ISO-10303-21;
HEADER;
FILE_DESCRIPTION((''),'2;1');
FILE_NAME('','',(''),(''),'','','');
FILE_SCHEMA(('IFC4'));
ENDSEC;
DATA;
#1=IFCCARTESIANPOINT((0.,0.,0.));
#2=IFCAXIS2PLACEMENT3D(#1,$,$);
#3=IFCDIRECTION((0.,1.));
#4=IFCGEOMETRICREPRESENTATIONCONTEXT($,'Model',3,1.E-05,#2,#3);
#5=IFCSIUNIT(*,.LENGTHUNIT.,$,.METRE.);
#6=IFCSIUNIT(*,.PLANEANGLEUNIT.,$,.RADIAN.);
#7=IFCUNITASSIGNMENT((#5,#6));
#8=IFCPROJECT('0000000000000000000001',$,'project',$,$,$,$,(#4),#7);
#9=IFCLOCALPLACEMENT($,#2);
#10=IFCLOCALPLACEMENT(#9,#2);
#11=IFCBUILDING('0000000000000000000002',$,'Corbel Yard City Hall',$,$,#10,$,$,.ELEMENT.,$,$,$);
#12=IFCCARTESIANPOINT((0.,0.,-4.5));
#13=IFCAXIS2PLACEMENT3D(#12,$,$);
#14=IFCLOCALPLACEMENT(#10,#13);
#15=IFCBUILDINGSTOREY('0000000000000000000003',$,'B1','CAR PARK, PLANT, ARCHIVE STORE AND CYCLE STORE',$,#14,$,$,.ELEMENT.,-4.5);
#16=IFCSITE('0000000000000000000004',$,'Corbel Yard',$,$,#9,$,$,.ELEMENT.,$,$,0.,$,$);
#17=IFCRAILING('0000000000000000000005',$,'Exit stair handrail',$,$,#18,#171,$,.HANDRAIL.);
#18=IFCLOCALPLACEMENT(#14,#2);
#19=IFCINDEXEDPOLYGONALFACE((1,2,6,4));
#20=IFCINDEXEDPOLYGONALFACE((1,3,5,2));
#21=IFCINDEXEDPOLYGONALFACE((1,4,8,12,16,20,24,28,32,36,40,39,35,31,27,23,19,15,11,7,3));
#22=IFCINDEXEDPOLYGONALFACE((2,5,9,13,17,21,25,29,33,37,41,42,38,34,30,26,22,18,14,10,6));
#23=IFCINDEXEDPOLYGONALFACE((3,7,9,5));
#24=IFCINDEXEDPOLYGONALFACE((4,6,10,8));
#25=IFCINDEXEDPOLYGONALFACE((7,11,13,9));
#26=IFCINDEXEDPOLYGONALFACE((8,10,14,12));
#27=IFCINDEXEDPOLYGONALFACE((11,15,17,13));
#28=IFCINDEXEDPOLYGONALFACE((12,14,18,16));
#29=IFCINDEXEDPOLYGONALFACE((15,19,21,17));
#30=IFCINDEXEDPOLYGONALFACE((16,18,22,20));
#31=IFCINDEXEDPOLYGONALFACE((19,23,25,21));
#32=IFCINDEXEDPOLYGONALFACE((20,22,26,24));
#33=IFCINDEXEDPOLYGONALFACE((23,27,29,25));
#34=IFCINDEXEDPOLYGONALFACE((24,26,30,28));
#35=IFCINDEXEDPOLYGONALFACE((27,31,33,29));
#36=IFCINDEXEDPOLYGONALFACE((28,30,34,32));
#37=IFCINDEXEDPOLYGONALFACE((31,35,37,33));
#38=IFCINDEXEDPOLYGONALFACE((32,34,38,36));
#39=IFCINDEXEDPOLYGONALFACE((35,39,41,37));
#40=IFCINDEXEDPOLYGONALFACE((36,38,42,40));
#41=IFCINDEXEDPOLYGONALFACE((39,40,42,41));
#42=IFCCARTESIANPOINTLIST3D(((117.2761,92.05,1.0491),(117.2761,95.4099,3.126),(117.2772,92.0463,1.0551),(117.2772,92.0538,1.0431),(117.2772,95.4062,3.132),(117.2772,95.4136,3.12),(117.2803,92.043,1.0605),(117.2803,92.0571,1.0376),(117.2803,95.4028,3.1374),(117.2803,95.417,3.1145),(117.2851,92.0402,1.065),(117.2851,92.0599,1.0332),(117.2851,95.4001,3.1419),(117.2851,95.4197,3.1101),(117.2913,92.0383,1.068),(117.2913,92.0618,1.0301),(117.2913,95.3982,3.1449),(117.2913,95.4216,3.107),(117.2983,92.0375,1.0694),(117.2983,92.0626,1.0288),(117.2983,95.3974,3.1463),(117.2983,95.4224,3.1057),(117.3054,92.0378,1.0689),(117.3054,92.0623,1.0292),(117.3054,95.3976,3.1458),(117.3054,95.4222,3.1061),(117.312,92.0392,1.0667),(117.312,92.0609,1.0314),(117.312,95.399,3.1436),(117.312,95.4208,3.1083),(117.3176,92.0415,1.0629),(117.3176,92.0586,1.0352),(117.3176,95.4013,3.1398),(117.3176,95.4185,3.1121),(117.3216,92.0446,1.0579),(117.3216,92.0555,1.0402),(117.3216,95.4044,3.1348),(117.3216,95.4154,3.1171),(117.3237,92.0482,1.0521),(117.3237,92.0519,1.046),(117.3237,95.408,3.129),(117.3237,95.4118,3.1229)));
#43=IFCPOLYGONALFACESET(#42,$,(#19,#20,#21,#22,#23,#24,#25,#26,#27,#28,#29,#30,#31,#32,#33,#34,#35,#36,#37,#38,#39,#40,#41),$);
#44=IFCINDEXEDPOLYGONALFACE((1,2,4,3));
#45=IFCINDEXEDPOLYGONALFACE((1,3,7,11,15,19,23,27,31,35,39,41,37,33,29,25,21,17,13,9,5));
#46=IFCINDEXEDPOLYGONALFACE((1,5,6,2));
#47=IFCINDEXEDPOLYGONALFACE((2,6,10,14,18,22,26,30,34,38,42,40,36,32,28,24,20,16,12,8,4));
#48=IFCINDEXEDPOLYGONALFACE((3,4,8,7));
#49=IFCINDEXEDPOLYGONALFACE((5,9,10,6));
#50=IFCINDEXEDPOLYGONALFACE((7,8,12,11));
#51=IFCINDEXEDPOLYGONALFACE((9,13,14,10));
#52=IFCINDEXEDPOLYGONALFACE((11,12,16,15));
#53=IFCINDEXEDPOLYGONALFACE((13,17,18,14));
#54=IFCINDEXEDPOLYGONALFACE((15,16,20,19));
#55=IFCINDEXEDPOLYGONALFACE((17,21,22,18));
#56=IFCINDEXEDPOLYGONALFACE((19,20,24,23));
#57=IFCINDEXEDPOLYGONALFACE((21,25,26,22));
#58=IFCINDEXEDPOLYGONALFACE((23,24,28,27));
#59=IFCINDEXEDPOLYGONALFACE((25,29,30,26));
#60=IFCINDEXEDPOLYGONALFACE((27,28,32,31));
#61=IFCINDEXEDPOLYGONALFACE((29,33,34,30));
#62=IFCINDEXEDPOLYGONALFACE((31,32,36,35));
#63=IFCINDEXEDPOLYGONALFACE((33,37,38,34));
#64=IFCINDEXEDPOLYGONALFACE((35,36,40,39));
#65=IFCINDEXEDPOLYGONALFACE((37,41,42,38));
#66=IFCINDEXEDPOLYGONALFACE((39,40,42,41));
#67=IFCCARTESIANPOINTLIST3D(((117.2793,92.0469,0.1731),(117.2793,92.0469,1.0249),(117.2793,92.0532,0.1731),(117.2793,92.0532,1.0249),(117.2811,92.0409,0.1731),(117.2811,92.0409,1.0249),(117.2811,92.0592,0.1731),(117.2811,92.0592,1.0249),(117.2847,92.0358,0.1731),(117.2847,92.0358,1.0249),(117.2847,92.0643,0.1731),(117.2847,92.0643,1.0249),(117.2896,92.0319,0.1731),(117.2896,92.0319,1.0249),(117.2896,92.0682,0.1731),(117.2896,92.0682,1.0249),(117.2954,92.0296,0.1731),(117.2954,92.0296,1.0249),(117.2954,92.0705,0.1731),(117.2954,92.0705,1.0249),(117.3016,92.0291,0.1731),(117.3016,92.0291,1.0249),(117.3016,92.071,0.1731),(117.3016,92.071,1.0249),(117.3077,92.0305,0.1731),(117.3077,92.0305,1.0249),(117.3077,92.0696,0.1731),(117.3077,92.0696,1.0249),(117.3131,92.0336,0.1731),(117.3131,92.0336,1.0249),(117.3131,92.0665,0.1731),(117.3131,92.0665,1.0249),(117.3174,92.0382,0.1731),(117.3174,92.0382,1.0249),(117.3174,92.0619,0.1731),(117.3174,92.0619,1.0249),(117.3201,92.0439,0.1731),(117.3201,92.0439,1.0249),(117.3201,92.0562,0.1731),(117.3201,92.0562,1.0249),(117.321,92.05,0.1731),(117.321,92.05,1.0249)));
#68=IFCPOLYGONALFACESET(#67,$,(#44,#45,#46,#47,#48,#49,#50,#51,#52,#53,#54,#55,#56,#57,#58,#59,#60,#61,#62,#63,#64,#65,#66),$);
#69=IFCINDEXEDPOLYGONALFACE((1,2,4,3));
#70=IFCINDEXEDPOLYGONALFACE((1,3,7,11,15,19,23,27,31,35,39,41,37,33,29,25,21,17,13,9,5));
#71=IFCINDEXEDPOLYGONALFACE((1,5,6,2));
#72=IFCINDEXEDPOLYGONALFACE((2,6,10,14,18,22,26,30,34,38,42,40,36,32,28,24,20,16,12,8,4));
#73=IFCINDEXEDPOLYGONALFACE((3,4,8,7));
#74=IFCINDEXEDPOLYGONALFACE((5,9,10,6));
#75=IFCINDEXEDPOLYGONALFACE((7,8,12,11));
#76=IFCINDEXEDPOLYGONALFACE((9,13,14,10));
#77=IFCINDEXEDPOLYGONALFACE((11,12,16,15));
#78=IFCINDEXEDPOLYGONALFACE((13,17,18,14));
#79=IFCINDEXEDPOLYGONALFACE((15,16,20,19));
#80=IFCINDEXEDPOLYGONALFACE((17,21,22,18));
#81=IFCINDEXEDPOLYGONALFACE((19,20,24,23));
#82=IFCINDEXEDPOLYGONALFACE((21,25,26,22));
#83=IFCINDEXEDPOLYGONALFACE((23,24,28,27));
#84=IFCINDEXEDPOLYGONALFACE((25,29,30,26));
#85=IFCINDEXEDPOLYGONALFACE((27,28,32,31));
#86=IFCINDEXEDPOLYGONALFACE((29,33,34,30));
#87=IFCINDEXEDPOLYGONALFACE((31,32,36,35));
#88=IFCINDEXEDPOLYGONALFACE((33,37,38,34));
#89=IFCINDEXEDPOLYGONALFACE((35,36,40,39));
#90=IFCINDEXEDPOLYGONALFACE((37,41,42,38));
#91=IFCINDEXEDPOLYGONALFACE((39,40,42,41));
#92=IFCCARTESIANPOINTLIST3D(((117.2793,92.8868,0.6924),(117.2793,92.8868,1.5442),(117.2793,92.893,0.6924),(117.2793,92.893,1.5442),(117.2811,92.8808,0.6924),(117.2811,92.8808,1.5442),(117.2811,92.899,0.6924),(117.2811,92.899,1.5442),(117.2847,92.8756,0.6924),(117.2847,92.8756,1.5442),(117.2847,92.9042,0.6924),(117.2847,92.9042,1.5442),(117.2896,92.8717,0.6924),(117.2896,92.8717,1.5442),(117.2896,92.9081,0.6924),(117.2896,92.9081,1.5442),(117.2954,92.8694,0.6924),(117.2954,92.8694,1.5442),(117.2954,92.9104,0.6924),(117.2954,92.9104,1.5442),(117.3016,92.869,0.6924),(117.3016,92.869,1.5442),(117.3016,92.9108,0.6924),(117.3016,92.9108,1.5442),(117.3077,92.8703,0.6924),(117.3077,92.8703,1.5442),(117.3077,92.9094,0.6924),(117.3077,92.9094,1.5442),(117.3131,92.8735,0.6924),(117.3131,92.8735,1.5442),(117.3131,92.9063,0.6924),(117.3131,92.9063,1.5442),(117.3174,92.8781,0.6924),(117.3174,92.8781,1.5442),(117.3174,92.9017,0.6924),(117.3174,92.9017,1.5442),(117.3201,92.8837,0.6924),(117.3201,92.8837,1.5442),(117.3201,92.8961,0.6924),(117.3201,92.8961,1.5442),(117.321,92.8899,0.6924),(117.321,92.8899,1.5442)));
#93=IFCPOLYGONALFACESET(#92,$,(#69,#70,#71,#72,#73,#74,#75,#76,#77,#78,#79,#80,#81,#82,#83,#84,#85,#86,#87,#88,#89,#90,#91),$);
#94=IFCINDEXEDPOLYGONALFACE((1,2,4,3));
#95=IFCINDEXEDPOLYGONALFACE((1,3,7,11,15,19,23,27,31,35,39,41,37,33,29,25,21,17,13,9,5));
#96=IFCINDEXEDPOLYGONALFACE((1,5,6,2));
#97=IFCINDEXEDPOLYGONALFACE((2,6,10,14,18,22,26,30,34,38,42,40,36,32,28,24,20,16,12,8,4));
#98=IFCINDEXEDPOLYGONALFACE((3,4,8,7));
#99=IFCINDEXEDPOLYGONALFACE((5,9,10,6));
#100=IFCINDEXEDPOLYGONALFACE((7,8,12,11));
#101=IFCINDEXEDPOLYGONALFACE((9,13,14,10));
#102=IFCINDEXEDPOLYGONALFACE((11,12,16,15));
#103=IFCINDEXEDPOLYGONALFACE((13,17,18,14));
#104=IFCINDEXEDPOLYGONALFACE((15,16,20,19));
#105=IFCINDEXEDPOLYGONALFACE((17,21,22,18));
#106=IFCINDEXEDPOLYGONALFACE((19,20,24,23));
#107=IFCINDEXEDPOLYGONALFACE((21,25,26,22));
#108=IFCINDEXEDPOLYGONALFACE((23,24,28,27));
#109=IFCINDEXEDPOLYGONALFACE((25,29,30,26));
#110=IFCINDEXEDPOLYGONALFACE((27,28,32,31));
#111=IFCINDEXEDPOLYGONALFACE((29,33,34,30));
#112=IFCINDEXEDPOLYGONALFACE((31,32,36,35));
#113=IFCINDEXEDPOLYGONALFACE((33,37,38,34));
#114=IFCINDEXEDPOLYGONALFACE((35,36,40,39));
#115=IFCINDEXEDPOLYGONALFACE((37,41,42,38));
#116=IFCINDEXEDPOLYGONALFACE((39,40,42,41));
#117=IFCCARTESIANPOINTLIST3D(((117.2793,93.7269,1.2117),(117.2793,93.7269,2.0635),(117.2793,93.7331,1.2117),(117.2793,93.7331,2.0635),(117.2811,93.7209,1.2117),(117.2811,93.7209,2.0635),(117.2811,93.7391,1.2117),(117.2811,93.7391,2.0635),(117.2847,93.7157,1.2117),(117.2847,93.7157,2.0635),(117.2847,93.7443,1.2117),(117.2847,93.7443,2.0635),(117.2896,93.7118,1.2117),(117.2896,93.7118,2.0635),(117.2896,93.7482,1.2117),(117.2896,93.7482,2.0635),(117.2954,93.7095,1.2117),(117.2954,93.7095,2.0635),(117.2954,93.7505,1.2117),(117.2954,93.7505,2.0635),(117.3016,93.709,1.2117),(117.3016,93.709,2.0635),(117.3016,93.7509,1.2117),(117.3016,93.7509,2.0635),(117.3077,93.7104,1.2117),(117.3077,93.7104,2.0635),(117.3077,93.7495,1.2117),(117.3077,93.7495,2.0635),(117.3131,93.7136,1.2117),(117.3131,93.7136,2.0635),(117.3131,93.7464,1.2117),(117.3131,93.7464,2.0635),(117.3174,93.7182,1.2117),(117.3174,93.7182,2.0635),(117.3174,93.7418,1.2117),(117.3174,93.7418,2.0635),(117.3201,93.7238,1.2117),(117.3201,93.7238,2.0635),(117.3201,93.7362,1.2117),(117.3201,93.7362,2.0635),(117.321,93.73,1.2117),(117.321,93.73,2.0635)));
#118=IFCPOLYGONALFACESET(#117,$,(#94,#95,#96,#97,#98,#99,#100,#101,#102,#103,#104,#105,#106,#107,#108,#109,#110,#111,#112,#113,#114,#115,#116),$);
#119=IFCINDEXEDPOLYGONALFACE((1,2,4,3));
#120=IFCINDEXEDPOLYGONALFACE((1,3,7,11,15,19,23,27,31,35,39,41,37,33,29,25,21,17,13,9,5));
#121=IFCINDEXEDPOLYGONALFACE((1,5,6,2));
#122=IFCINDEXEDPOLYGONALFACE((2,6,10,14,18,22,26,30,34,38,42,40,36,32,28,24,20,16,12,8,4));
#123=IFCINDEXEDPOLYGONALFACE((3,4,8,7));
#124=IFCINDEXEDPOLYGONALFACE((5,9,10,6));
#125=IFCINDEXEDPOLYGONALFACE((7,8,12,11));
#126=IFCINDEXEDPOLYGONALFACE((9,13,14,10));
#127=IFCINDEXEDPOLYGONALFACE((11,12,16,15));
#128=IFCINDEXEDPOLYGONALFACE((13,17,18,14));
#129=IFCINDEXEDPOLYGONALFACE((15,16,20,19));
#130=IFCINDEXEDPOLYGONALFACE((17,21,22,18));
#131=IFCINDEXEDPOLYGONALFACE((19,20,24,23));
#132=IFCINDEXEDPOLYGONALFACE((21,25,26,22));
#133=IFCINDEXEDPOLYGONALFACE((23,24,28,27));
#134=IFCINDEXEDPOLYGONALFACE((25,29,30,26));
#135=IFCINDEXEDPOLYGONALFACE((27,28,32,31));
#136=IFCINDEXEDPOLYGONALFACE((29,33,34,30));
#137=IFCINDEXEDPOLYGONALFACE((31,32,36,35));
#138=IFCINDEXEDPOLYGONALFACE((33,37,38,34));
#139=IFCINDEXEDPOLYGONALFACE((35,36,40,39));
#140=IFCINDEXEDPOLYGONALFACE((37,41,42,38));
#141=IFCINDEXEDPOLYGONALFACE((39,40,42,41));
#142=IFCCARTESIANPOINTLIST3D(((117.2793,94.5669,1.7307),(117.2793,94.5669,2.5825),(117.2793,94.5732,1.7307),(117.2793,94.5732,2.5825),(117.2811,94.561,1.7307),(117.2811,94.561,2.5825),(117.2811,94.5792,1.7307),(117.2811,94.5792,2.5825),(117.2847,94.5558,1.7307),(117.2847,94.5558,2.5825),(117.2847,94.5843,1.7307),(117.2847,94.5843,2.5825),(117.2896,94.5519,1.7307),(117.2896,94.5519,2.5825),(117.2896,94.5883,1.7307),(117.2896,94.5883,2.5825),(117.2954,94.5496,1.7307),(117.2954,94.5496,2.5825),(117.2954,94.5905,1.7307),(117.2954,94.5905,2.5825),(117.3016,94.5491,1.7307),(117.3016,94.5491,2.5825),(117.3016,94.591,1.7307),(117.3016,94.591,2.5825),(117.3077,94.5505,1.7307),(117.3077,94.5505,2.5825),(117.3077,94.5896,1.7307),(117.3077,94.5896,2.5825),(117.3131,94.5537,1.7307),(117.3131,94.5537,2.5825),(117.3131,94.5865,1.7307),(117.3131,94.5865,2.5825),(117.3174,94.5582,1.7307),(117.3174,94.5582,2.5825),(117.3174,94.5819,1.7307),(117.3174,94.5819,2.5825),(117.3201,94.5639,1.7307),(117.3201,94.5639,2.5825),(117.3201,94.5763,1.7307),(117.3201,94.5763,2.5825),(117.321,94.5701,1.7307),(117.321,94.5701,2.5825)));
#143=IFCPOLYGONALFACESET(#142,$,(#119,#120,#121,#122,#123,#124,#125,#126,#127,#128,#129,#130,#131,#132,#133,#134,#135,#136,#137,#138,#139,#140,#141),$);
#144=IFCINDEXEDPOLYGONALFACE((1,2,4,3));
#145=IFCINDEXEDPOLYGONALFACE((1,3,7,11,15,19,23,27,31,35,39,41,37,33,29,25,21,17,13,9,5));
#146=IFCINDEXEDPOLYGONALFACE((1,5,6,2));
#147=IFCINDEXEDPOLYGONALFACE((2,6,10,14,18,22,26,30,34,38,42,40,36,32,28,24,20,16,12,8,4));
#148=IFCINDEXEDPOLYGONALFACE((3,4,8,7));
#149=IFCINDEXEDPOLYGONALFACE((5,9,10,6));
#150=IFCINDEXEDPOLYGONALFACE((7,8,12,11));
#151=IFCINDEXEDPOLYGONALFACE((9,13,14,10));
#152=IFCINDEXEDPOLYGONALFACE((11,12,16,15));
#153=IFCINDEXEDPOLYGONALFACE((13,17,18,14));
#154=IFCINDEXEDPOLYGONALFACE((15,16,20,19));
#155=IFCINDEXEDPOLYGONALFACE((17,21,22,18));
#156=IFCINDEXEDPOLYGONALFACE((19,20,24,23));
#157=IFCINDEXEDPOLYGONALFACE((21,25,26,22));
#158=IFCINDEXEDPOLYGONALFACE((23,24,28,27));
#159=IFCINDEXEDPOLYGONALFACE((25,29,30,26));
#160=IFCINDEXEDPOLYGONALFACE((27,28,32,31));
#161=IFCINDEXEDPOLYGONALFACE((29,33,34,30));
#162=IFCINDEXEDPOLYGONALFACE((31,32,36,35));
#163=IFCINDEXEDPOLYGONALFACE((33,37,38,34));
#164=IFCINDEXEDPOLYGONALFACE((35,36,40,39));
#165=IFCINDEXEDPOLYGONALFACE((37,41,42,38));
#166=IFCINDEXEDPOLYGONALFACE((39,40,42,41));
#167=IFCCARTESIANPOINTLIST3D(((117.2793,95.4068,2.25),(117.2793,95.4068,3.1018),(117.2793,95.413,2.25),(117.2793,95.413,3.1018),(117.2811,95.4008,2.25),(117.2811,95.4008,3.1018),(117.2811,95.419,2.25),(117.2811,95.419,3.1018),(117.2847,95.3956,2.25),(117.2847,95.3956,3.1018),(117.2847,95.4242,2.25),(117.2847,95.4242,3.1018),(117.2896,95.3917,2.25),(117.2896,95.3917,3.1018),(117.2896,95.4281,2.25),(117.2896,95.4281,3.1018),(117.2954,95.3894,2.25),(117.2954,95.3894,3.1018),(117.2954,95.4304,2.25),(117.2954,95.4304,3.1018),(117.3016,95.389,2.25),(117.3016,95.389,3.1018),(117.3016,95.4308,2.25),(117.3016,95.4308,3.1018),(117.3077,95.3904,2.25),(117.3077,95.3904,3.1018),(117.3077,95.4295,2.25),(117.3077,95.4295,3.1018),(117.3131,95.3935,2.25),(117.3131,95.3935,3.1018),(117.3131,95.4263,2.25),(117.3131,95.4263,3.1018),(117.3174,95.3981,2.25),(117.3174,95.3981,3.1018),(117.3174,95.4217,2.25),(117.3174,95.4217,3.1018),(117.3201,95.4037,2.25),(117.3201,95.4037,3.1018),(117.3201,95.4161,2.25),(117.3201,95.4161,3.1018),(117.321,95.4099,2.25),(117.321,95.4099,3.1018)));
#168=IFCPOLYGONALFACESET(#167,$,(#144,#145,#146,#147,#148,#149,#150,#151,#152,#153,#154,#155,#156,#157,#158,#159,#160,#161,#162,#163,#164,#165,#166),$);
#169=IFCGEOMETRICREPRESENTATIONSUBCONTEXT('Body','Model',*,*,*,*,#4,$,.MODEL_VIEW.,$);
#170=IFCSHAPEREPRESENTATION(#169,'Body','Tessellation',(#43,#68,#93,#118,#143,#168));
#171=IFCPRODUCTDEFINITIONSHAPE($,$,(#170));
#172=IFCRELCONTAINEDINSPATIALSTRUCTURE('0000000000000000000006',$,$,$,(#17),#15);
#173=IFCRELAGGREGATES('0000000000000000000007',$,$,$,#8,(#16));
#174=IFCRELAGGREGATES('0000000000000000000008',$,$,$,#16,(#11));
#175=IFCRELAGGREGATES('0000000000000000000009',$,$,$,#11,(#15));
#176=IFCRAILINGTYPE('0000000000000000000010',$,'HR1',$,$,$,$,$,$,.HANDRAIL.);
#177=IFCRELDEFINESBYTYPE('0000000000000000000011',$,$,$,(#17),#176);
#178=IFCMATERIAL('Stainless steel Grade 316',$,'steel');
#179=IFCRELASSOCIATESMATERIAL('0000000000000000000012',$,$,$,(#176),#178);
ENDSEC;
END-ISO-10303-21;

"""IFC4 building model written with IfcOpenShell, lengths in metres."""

from ifc_helpers import new_model, si_unit, direction, frame, origin, origin_2d, place, context, subcontext, project, spatial, circle, extrude, material, type_object, element, save


model = new_model("IFC4")

# Units and contexts
model_context = context("Model", 3, precision=1e-05, world=origin(), true_north=direction((0.0, 1.0)))
body_context = subcontext(model_context, "Body", "Model", "MODEL_VIEW")
ifc_project = project(units=[si_unit("LENGTHUNIT", "METRE"), si_unit("PLANEANGLEUNIT", "RADIAN")], contexts=[model_context])

# Site, building, storey
site_placement = place(None, origin())
site = spatial("IfcSite", under=ifc_project, at=site_placement, Name="Corbel Yard", CompositionType="ELEMENT", RefElevation=0.0)
building_placement = place(site_placement, origin())
building = spatial("IfcBuilding", under=site, at=building_placement, Name="Corbel Yard City Hall", CompositionType="ELEMENT")
storey_placement = place(building_placement, frame((0.0, 0.0, -4.5)))
storey = spatial("IfcBuildingStorey", under=building, at=storey_placement, Name="B1", Description="CAR PARK, PLANT, ARCHIVE STORE AND CYCLE STORE", CompositionType="ELEMENT", Elevation=-4.5)

# Shared definitions
ifc_material_1 = material(Name="Stainless steel Grade 316", Category="steel")

# Railing
railing_type = type_object("IfcRailingType", Name="HR1", PredefinedType="HANDRAIL", material=ifc_material_1)
for number, where, name in (
    (1, (117.3, 92.05, 0.1731), "Exit stair handrail"),
):
    element("IfcRailing", number, at=place(storey_placement, frame(where)), inside=storey, type_object=railing_type, Name=name, PredefinedType="HANDRAIL", context=body_context, shape_type="SweptSolid", body=[
        extrude(circle(Radius=0.0239, at=origin_2d()), frame((0.0, 0.0, 0.876), z_axis=(0.0, 0.850606, 0.525803), x_axis=(-1.0, 0.0, 0.0)), (0.0, 0.0, 1.0), 3.95),
        extrude(circle(Radius=0.021, at=origin_2d()), origin(), (0.0, 0.0, 1.0), 0.8518),
        extrude(circle(Radius=0.021, at=origin_2d()), frame((0.0, 0.8398, 0.5193)), (0.0, 0.0, 1.0), 0.8518),
        extrude(circle(Radius=0.021, at=origin_2d()), frame((0.0, 1.6799, 1.0386)), (0.0, 0.0, 1.0), 0.8518),
        extrude(circle(Radius=0.021, at=origin_2d()), frame((0.0, 2.52, 1.5576)), (0.0, 0.0, 1.0), 0.8518),
        extrude(circle(Radius=0.021, at=origin_2d()), frame((0.0, 3.3599, 2.0769)), (0.0, 0.0, 1.0), 0.8518),
    ])

save(model, "model.ifc")
